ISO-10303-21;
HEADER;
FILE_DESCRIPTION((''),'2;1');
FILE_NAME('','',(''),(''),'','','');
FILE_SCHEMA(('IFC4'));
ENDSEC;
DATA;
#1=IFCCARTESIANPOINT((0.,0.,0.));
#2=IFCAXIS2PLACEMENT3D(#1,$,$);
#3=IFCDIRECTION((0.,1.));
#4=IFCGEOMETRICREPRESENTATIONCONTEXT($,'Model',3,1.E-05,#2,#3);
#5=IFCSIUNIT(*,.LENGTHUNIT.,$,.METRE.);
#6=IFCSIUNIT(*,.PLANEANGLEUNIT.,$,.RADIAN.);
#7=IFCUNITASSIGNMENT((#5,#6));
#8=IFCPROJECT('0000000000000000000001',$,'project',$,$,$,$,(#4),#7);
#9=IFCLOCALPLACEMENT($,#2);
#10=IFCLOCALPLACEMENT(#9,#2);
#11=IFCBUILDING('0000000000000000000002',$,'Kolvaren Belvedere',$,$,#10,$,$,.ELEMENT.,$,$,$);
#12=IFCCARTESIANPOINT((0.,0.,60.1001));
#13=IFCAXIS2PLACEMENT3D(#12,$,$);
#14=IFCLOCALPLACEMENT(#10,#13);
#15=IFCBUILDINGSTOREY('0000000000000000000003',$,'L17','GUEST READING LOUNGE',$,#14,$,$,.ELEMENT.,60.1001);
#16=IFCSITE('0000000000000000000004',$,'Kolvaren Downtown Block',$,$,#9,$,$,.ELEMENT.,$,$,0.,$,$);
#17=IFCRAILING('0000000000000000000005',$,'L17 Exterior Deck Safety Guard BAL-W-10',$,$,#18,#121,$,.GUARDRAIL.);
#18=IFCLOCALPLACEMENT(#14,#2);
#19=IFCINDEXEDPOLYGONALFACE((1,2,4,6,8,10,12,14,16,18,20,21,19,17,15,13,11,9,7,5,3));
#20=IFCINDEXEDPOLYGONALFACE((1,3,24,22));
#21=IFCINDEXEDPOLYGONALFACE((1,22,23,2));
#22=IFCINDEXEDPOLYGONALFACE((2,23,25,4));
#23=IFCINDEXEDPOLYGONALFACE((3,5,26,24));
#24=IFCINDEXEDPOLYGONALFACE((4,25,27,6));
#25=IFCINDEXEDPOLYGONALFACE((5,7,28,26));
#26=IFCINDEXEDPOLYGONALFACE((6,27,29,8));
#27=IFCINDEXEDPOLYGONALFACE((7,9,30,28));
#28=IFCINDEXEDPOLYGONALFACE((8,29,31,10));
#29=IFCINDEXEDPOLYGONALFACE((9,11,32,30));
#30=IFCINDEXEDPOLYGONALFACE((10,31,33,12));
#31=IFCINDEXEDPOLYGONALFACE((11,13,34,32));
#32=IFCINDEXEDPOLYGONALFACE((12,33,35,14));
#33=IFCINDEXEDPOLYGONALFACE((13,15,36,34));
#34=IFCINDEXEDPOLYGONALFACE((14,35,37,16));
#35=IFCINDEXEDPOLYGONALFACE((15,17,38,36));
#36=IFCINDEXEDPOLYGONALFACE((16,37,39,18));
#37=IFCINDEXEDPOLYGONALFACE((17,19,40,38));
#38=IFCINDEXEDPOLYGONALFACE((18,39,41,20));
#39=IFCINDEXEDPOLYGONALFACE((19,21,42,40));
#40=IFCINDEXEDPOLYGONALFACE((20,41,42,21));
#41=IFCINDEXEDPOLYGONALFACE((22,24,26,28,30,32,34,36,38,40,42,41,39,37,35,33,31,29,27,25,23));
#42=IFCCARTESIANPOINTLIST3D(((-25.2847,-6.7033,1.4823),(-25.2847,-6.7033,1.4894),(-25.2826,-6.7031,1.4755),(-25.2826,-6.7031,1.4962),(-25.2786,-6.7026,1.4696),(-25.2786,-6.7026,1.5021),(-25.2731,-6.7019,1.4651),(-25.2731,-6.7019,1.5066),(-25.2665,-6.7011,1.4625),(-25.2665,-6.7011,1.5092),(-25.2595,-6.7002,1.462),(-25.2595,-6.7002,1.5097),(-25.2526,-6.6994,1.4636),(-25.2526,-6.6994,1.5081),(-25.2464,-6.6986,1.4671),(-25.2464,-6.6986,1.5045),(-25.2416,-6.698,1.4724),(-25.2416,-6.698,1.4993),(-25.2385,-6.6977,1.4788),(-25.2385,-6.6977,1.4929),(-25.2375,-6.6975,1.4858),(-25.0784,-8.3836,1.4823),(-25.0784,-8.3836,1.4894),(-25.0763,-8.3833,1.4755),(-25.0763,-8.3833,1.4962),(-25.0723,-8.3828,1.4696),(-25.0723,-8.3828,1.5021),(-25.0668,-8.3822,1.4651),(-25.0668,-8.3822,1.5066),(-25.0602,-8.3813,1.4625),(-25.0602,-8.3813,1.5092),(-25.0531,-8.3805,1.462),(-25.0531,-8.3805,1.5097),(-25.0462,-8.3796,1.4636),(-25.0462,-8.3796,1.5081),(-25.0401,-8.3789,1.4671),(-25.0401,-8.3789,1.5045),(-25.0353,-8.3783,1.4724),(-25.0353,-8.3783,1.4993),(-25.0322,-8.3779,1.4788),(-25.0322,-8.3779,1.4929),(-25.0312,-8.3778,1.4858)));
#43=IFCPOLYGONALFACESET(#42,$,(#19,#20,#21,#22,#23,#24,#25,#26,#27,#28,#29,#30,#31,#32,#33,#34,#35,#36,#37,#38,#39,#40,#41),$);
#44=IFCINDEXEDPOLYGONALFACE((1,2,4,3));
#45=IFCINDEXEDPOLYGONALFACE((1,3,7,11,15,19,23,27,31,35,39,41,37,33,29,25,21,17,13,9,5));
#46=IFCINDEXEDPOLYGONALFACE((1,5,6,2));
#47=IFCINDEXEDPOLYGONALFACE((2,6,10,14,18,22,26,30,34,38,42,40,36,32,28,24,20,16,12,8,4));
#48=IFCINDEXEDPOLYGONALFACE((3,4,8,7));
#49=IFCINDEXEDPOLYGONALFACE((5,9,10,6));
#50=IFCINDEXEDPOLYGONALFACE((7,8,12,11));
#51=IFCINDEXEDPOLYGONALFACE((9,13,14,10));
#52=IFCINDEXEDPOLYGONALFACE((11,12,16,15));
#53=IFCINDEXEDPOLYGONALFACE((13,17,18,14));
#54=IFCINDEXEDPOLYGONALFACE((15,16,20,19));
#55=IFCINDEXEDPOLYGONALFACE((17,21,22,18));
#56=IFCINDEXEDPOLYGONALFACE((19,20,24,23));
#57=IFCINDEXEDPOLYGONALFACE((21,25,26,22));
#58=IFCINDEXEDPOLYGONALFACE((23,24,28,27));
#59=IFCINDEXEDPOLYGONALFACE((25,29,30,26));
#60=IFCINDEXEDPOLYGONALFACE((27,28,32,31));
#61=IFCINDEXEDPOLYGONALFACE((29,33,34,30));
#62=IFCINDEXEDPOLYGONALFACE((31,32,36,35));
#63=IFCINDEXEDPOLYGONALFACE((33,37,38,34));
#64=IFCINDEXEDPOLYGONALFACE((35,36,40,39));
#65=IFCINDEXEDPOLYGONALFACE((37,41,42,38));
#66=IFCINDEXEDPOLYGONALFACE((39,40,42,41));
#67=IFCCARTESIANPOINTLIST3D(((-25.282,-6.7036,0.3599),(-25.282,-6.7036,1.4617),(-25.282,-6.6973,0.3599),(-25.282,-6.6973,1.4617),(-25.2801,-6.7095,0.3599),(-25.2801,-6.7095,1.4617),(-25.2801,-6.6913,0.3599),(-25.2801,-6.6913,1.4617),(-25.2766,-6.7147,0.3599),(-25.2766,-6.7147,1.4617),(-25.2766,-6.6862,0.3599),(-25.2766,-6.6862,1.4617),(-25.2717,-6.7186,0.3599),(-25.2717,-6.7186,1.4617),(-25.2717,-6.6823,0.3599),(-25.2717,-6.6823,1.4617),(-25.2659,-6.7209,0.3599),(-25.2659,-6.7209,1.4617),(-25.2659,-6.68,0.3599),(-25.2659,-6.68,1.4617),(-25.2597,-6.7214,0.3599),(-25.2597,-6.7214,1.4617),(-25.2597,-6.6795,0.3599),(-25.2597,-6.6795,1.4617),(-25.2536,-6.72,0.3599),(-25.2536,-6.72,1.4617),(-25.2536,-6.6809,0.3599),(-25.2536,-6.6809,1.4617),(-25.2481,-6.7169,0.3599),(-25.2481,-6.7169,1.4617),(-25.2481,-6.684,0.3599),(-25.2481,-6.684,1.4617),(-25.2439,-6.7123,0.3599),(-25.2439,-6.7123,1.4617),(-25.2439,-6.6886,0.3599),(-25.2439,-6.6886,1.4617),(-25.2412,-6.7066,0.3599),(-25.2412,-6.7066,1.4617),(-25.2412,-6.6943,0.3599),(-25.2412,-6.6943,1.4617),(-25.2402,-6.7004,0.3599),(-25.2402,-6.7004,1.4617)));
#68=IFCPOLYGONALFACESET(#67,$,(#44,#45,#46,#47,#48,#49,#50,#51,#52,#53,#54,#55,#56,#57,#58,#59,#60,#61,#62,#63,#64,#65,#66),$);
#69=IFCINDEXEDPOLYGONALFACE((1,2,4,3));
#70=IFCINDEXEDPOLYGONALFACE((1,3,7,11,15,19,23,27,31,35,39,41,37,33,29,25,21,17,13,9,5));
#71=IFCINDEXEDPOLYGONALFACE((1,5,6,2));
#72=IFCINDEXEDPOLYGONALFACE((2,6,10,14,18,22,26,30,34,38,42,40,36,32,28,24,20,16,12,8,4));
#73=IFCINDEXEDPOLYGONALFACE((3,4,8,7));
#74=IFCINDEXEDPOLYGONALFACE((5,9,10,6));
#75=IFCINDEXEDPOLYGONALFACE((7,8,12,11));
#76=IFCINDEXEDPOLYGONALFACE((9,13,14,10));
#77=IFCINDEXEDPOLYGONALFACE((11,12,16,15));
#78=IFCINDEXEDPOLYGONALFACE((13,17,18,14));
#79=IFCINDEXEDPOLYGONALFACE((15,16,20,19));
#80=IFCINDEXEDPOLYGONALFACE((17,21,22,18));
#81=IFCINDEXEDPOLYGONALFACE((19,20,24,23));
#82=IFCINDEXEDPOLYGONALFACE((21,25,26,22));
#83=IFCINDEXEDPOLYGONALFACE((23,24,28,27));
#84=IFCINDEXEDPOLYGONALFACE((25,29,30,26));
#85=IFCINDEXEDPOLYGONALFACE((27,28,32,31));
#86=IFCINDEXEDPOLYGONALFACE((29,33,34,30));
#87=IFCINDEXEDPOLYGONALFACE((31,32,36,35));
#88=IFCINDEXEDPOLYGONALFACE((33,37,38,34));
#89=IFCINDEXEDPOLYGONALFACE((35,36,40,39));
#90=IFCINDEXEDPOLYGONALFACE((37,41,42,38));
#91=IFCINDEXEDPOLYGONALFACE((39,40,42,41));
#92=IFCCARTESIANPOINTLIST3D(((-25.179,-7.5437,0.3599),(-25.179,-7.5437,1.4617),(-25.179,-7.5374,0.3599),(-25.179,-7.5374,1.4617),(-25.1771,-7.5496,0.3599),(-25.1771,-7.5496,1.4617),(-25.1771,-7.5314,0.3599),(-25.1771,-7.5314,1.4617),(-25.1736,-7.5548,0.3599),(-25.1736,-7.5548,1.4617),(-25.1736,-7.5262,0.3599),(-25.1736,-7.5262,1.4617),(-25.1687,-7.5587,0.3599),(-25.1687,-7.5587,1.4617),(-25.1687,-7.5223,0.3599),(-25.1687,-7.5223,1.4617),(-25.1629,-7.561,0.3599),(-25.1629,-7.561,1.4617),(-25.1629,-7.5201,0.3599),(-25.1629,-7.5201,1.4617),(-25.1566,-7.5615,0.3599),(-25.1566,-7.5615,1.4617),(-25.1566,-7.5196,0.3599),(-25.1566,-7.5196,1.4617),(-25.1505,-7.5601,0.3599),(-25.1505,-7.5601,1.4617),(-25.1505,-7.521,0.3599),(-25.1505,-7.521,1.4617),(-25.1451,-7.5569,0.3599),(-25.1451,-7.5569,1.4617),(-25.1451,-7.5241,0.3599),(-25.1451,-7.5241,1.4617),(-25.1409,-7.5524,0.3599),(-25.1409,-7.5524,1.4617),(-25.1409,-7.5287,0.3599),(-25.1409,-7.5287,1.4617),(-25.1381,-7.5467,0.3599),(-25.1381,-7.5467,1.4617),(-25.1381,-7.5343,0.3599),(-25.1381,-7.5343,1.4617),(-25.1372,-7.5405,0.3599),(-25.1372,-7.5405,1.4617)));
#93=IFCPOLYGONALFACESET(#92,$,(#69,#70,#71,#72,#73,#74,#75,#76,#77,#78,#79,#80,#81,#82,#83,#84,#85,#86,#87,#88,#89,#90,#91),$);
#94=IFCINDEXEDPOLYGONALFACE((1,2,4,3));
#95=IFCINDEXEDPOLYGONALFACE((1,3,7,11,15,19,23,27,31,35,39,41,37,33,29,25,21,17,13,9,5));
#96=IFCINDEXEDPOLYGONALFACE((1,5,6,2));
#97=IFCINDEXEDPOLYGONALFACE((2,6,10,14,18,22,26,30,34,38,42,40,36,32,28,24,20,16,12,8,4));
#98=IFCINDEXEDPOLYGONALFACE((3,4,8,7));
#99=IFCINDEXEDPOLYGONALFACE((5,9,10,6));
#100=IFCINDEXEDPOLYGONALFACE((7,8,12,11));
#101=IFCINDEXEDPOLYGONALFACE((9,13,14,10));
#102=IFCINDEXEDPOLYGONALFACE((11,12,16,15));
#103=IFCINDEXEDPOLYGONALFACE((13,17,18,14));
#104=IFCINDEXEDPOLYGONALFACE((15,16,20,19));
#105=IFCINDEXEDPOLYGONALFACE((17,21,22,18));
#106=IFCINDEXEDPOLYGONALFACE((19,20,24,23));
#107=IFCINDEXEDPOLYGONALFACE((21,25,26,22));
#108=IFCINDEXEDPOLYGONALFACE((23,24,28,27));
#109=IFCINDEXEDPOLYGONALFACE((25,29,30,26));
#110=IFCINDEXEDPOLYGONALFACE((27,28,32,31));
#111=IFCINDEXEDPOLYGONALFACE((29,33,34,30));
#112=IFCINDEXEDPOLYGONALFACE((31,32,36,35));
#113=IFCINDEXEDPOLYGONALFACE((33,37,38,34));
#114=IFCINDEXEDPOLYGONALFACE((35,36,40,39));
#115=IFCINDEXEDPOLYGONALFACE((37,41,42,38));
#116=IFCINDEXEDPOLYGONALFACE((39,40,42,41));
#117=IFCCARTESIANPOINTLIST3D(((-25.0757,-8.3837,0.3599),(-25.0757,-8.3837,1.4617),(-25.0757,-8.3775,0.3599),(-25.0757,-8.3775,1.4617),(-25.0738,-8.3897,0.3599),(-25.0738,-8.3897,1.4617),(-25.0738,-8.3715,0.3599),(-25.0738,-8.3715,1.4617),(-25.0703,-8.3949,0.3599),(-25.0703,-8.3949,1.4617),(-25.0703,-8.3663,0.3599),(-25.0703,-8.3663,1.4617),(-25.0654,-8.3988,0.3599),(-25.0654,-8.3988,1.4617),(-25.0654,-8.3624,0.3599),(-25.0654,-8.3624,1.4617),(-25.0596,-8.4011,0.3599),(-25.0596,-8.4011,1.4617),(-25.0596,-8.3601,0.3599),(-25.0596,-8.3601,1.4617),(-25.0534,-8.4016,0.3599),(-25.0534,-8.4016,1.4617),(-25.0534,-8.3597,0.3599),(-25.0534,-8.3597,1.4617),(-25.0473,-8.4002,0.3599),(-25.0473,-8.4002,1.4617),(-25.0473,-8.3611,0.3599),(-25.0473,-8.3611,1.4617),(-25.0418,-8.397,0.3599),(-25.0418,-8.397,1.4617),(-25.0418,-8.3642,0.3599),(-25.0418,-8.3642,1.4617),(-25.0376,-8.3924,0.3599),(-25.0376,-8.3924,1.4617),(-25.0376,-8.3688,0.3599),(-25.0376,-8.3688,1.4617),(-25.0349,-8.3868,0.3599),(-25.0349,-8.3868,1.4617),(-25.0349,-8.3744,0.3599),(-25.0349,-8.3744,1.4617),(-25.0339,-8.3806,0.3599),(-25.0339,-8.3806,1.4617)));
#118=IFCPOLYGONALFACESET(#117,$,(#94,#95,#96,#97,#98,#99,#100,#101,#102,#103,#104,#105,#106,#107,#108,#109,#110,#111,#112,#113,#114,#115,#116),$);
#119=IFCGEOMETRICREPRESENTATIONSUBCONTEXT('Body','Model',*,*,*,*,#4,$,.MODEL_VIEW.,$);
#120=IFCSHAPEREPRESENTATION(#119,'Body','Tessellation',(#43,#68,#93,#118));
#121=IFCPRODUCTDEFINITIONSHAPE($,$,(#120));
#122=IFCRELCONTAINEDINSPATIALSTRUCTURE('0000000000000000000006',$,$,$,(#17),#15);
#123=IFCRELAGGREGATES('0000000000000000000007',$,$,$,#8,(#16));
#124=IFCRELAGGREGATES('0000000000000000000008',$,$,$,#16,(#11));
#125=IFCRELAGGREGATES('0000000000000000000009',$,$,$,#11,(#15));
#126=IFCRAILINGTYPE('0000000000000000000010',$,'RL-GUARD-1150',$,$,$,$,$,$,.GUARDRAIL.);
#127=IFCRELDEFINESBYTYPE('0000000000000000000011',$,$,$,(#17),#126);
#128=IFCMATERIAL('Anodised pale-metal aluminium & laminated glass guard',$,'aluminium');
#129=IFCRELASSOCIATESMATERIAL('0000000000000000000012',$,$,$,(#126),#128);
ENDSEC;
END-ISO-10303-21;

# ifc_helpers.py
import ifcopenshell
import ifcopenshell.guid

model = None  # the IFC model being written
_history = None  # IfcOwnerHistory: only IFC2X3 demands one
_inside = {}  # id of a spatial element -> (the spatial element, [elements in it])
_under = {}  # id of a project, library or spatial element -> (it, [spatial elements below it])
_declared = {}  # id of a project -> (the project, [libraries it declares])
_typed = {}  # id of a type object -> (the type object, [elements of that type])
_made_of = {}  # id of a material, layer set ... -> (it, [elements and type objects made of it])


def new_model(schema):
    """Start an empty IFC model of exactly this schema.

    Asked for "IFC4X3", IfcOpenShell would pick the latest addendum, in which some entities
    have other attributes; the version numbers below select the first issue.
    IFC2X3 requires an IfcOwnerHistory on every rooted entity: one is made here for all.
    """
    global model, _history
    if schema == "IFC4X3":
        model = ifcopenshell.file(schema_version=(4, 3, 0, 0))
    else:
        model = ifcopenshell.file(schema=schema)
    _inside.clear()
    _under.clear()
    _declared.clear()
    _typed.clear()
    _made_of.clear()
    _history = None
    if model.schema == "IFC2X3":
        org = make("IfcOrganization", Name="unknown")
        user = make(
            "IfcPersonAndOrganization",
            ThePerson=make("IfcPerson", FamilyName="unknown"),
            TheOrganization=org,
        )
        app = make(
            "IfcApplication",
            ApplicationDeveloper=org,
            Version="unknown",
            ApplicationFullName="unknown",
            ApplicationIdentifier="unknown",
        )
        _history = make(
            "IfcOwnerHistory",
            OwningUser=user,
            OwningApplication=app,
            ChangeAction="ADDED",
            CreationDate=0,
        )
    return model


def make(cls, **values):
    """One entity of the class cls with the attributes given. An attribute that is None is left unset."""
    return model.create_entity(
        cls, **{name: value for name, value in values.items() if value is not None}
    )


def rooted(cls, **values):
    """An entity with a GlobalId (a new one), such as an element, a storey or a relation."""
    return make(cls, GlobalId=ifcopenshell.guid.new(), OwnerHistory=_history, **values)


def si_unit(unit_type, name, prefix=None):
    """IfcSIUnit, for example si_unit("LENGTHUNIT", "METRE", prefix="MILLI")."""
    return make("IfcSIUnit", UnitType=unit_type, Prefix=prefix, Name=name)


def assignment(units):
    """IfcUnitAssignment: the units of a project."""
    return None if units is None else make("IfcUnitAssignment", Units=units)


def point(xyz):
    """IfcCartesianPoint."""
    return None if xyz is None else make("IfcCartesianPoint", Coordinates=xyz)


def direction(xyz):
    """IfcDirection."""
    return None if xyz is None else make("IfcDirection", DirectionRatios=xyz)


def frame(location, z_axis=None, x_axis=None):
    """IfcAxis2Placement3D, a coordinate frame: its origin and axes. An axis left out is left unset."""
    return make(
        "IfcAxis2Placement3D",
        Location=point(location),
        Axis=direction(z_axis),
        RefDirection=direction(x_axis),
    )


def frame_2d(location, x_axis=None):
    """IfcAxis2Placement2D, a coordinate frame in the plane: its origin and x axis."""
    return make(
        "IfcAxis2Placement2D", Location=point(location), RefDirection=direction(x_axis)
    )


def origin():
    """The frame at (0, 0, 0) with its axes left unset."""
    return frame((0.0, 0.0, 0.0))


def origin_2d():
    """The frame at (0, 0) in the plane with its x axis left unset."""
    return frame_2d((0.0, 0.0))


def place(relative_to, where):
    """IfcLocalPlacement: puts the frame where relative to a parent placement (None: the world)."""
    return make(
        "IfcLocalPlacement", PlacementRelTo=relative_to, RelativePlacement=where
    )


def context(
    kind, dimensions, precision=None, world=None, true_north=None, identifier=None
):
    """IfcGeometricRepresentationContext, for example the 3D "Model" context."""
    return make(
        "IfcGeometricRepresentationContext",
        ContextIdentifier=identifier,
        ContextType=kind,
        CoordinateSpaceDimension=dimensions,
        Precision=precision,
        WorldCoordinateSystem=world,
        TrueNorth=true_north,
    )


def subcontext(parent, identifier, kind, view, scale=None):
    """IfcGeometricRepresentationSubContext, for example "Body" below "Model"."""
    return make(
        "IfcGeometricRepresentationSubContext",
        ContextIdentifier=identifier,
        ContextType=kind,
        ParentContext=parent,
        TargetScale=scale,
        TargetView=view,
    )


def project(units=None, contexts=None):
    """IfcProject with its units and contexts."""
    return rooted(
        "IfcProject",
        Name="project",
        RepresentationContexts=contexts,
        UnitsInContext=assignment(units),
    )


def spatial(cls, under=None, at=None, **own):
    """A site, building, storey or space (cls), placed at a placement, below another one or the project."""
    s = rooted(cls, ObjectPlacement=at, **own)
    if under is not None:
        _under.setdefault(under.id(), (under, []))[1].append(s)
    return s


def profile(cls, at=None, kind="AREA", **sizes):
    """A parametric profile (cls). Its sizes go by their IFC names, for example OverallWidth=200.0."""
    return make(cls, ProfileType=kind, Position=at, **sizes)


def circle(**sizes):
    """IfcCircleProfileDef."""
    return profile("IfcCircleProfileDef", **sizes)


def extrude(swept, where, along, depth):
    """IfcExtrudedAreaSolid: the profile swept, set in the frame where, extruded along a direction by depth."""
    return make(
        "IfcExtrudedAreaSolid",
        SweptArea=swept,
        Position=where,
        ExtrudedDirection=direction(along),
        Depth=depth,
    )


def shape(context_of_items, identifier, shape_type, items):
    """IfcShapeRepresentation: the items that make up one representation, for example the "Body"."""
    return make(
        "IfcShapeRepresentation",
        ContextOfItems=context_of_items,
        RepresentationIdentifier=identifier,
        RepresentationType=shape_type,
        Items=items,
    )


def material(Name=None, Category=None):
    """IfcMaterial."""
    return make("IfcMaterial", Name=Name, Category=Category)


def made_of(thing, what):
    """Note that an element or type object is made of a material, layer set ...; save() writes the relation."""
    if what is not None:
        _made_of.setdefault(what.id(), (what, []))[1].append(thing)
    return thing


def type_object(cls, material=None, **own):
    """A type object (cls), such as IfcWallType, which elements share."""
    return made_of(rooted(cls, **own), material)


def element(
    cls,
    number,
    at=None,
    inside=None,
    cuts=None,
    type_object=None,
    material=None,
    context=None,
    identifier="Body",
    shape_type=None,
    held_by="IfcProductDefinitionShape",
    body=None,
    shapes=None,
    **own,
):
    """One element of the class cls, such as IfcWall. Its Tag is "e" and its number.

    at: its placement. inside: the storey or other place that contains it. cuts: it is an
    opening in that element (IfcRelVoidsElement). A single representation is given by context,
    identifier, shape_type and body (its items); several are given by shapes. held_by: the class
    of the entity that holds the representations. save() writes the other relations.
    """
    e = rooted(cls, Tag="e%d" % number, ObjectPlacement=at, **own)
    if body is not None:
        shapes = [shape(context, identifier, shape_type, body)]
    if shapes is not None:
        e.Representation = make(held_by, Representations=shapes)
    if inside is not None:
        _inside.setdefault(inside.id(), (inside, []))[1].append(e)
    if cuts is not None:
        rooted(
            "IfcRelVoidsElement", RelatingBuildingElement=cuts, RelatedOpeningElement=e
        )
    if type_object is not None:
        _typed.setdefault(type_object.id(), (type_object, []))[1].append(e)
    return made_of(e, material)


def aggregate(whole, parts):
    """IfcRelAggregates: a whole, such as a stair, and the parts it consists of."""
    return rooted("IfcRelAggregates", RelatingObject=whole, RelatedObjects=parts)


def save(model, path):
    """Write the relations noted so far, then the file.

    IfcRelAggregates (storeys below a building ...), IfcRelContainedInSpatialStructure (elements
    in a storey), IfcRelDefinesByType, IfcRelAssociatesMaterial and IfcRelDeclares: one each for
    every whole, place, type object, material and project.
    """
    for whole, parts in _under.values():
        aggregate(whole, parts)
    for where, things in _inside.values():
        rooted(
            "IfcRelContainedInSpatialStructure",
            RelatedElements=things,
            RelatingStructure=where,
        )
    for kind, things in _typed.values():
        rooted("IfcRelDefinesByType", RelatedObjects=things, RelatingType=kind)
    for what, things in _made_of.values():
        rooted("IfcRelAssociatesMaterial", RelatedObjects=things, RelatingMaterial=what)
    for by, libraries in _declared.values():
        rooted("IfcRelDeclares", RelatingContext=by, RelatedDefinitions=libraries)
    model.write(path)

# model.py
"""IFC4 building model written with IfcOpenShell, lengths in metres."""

from ifc_helpers import new_model, si_unit, direction, frame, origin, origin_2d, place, context, subcontext, project, spatial, circle, extrude, material, type_object, element, save


model = new_model("IFC4")

# Units and contexts
model_context = context("Model", 3, precision=1e-05, world=origin(), true_north=direction((0.0, 1.0)))
body_context = subcontext(model_context, "Body", "Model", "MODEL_VIEW")
ifc_project = project(units=[si_unit("LENGTHUNIT", "METRE"), si_unit("PLANEANGLEUNIT", "RADIAN")], contexts=[model_context])

# Site, building, storey
site_placement = place(None, origin())
site = spatial("IfcSite", under=ifc_project, at=site_placement, Name="Kolvaren Downtown Block", CompositionType="ELEMENT", RefElevation=0.0)
building_placement = place(site_placement, origin())
building = spatial("IfcBuilding", under=site, at=building_placement, Name="Kolvaren Belvedere", CompositionType="ELEMENT")
storey_placement = place(building_placement, frame((0.0, 0.0, 60.1001)))
storey = spatial("IfcBuildingStorey", under=building, at=storey_placement, Name="L17", Description="GUEST READING LOUNGE", CompositionType="ELEMENT", Elevation=60.1001)

# Railing
ifc_material_1 = material(Name="Anodised pale-metal aluminium & laminated glass guard", Category="aluminium")
railing_type = type_object("IfcRailingType", Name="RL-GUARD-1150", PredefinedType="GUARDRAIL", material=ifc_material_1)
railing_1_placement = place(storey_placement, frame((-25.2612, -6.7004, 0.3599)))
element("IfcRailing", 1, at=railing_1_placement, inside=storey, type_object=railing_type, Name="L17 Exterior Deck Safety Guard BAL-W-10", PredefinedType="GUARDRAIL", context=body_context, shape_type="SweptSolid", body=[
    extrude(circle(Radius=0.0239, at=origin_2d()), frame((0.0, 0.0, 1.126), z_axis=(0.121869, -0.992546, 0.0), x_axis=(0.992546, 0.121869, 0.0)), (0.0, 0.0, 1.0), 1.6929),
    extrude(circle(Radius=0.021, at=origin_2d()), origin(), (0.0, 0.0, 1.0), 1.1018),
    extrude(circle(Radius=0.021, at=origin_2d()), frame((0.103, -0.8401, 0.0)), (0.0, 0.0, 1.0), 1.1018),
    extrude(circle(Radius=0.021, at=origin_2d()), frame((0.2063, -1.6802, 0.0)), (0.0, 0.0, 1.0), 1.1018),
])

save(model, "model.ifc")
